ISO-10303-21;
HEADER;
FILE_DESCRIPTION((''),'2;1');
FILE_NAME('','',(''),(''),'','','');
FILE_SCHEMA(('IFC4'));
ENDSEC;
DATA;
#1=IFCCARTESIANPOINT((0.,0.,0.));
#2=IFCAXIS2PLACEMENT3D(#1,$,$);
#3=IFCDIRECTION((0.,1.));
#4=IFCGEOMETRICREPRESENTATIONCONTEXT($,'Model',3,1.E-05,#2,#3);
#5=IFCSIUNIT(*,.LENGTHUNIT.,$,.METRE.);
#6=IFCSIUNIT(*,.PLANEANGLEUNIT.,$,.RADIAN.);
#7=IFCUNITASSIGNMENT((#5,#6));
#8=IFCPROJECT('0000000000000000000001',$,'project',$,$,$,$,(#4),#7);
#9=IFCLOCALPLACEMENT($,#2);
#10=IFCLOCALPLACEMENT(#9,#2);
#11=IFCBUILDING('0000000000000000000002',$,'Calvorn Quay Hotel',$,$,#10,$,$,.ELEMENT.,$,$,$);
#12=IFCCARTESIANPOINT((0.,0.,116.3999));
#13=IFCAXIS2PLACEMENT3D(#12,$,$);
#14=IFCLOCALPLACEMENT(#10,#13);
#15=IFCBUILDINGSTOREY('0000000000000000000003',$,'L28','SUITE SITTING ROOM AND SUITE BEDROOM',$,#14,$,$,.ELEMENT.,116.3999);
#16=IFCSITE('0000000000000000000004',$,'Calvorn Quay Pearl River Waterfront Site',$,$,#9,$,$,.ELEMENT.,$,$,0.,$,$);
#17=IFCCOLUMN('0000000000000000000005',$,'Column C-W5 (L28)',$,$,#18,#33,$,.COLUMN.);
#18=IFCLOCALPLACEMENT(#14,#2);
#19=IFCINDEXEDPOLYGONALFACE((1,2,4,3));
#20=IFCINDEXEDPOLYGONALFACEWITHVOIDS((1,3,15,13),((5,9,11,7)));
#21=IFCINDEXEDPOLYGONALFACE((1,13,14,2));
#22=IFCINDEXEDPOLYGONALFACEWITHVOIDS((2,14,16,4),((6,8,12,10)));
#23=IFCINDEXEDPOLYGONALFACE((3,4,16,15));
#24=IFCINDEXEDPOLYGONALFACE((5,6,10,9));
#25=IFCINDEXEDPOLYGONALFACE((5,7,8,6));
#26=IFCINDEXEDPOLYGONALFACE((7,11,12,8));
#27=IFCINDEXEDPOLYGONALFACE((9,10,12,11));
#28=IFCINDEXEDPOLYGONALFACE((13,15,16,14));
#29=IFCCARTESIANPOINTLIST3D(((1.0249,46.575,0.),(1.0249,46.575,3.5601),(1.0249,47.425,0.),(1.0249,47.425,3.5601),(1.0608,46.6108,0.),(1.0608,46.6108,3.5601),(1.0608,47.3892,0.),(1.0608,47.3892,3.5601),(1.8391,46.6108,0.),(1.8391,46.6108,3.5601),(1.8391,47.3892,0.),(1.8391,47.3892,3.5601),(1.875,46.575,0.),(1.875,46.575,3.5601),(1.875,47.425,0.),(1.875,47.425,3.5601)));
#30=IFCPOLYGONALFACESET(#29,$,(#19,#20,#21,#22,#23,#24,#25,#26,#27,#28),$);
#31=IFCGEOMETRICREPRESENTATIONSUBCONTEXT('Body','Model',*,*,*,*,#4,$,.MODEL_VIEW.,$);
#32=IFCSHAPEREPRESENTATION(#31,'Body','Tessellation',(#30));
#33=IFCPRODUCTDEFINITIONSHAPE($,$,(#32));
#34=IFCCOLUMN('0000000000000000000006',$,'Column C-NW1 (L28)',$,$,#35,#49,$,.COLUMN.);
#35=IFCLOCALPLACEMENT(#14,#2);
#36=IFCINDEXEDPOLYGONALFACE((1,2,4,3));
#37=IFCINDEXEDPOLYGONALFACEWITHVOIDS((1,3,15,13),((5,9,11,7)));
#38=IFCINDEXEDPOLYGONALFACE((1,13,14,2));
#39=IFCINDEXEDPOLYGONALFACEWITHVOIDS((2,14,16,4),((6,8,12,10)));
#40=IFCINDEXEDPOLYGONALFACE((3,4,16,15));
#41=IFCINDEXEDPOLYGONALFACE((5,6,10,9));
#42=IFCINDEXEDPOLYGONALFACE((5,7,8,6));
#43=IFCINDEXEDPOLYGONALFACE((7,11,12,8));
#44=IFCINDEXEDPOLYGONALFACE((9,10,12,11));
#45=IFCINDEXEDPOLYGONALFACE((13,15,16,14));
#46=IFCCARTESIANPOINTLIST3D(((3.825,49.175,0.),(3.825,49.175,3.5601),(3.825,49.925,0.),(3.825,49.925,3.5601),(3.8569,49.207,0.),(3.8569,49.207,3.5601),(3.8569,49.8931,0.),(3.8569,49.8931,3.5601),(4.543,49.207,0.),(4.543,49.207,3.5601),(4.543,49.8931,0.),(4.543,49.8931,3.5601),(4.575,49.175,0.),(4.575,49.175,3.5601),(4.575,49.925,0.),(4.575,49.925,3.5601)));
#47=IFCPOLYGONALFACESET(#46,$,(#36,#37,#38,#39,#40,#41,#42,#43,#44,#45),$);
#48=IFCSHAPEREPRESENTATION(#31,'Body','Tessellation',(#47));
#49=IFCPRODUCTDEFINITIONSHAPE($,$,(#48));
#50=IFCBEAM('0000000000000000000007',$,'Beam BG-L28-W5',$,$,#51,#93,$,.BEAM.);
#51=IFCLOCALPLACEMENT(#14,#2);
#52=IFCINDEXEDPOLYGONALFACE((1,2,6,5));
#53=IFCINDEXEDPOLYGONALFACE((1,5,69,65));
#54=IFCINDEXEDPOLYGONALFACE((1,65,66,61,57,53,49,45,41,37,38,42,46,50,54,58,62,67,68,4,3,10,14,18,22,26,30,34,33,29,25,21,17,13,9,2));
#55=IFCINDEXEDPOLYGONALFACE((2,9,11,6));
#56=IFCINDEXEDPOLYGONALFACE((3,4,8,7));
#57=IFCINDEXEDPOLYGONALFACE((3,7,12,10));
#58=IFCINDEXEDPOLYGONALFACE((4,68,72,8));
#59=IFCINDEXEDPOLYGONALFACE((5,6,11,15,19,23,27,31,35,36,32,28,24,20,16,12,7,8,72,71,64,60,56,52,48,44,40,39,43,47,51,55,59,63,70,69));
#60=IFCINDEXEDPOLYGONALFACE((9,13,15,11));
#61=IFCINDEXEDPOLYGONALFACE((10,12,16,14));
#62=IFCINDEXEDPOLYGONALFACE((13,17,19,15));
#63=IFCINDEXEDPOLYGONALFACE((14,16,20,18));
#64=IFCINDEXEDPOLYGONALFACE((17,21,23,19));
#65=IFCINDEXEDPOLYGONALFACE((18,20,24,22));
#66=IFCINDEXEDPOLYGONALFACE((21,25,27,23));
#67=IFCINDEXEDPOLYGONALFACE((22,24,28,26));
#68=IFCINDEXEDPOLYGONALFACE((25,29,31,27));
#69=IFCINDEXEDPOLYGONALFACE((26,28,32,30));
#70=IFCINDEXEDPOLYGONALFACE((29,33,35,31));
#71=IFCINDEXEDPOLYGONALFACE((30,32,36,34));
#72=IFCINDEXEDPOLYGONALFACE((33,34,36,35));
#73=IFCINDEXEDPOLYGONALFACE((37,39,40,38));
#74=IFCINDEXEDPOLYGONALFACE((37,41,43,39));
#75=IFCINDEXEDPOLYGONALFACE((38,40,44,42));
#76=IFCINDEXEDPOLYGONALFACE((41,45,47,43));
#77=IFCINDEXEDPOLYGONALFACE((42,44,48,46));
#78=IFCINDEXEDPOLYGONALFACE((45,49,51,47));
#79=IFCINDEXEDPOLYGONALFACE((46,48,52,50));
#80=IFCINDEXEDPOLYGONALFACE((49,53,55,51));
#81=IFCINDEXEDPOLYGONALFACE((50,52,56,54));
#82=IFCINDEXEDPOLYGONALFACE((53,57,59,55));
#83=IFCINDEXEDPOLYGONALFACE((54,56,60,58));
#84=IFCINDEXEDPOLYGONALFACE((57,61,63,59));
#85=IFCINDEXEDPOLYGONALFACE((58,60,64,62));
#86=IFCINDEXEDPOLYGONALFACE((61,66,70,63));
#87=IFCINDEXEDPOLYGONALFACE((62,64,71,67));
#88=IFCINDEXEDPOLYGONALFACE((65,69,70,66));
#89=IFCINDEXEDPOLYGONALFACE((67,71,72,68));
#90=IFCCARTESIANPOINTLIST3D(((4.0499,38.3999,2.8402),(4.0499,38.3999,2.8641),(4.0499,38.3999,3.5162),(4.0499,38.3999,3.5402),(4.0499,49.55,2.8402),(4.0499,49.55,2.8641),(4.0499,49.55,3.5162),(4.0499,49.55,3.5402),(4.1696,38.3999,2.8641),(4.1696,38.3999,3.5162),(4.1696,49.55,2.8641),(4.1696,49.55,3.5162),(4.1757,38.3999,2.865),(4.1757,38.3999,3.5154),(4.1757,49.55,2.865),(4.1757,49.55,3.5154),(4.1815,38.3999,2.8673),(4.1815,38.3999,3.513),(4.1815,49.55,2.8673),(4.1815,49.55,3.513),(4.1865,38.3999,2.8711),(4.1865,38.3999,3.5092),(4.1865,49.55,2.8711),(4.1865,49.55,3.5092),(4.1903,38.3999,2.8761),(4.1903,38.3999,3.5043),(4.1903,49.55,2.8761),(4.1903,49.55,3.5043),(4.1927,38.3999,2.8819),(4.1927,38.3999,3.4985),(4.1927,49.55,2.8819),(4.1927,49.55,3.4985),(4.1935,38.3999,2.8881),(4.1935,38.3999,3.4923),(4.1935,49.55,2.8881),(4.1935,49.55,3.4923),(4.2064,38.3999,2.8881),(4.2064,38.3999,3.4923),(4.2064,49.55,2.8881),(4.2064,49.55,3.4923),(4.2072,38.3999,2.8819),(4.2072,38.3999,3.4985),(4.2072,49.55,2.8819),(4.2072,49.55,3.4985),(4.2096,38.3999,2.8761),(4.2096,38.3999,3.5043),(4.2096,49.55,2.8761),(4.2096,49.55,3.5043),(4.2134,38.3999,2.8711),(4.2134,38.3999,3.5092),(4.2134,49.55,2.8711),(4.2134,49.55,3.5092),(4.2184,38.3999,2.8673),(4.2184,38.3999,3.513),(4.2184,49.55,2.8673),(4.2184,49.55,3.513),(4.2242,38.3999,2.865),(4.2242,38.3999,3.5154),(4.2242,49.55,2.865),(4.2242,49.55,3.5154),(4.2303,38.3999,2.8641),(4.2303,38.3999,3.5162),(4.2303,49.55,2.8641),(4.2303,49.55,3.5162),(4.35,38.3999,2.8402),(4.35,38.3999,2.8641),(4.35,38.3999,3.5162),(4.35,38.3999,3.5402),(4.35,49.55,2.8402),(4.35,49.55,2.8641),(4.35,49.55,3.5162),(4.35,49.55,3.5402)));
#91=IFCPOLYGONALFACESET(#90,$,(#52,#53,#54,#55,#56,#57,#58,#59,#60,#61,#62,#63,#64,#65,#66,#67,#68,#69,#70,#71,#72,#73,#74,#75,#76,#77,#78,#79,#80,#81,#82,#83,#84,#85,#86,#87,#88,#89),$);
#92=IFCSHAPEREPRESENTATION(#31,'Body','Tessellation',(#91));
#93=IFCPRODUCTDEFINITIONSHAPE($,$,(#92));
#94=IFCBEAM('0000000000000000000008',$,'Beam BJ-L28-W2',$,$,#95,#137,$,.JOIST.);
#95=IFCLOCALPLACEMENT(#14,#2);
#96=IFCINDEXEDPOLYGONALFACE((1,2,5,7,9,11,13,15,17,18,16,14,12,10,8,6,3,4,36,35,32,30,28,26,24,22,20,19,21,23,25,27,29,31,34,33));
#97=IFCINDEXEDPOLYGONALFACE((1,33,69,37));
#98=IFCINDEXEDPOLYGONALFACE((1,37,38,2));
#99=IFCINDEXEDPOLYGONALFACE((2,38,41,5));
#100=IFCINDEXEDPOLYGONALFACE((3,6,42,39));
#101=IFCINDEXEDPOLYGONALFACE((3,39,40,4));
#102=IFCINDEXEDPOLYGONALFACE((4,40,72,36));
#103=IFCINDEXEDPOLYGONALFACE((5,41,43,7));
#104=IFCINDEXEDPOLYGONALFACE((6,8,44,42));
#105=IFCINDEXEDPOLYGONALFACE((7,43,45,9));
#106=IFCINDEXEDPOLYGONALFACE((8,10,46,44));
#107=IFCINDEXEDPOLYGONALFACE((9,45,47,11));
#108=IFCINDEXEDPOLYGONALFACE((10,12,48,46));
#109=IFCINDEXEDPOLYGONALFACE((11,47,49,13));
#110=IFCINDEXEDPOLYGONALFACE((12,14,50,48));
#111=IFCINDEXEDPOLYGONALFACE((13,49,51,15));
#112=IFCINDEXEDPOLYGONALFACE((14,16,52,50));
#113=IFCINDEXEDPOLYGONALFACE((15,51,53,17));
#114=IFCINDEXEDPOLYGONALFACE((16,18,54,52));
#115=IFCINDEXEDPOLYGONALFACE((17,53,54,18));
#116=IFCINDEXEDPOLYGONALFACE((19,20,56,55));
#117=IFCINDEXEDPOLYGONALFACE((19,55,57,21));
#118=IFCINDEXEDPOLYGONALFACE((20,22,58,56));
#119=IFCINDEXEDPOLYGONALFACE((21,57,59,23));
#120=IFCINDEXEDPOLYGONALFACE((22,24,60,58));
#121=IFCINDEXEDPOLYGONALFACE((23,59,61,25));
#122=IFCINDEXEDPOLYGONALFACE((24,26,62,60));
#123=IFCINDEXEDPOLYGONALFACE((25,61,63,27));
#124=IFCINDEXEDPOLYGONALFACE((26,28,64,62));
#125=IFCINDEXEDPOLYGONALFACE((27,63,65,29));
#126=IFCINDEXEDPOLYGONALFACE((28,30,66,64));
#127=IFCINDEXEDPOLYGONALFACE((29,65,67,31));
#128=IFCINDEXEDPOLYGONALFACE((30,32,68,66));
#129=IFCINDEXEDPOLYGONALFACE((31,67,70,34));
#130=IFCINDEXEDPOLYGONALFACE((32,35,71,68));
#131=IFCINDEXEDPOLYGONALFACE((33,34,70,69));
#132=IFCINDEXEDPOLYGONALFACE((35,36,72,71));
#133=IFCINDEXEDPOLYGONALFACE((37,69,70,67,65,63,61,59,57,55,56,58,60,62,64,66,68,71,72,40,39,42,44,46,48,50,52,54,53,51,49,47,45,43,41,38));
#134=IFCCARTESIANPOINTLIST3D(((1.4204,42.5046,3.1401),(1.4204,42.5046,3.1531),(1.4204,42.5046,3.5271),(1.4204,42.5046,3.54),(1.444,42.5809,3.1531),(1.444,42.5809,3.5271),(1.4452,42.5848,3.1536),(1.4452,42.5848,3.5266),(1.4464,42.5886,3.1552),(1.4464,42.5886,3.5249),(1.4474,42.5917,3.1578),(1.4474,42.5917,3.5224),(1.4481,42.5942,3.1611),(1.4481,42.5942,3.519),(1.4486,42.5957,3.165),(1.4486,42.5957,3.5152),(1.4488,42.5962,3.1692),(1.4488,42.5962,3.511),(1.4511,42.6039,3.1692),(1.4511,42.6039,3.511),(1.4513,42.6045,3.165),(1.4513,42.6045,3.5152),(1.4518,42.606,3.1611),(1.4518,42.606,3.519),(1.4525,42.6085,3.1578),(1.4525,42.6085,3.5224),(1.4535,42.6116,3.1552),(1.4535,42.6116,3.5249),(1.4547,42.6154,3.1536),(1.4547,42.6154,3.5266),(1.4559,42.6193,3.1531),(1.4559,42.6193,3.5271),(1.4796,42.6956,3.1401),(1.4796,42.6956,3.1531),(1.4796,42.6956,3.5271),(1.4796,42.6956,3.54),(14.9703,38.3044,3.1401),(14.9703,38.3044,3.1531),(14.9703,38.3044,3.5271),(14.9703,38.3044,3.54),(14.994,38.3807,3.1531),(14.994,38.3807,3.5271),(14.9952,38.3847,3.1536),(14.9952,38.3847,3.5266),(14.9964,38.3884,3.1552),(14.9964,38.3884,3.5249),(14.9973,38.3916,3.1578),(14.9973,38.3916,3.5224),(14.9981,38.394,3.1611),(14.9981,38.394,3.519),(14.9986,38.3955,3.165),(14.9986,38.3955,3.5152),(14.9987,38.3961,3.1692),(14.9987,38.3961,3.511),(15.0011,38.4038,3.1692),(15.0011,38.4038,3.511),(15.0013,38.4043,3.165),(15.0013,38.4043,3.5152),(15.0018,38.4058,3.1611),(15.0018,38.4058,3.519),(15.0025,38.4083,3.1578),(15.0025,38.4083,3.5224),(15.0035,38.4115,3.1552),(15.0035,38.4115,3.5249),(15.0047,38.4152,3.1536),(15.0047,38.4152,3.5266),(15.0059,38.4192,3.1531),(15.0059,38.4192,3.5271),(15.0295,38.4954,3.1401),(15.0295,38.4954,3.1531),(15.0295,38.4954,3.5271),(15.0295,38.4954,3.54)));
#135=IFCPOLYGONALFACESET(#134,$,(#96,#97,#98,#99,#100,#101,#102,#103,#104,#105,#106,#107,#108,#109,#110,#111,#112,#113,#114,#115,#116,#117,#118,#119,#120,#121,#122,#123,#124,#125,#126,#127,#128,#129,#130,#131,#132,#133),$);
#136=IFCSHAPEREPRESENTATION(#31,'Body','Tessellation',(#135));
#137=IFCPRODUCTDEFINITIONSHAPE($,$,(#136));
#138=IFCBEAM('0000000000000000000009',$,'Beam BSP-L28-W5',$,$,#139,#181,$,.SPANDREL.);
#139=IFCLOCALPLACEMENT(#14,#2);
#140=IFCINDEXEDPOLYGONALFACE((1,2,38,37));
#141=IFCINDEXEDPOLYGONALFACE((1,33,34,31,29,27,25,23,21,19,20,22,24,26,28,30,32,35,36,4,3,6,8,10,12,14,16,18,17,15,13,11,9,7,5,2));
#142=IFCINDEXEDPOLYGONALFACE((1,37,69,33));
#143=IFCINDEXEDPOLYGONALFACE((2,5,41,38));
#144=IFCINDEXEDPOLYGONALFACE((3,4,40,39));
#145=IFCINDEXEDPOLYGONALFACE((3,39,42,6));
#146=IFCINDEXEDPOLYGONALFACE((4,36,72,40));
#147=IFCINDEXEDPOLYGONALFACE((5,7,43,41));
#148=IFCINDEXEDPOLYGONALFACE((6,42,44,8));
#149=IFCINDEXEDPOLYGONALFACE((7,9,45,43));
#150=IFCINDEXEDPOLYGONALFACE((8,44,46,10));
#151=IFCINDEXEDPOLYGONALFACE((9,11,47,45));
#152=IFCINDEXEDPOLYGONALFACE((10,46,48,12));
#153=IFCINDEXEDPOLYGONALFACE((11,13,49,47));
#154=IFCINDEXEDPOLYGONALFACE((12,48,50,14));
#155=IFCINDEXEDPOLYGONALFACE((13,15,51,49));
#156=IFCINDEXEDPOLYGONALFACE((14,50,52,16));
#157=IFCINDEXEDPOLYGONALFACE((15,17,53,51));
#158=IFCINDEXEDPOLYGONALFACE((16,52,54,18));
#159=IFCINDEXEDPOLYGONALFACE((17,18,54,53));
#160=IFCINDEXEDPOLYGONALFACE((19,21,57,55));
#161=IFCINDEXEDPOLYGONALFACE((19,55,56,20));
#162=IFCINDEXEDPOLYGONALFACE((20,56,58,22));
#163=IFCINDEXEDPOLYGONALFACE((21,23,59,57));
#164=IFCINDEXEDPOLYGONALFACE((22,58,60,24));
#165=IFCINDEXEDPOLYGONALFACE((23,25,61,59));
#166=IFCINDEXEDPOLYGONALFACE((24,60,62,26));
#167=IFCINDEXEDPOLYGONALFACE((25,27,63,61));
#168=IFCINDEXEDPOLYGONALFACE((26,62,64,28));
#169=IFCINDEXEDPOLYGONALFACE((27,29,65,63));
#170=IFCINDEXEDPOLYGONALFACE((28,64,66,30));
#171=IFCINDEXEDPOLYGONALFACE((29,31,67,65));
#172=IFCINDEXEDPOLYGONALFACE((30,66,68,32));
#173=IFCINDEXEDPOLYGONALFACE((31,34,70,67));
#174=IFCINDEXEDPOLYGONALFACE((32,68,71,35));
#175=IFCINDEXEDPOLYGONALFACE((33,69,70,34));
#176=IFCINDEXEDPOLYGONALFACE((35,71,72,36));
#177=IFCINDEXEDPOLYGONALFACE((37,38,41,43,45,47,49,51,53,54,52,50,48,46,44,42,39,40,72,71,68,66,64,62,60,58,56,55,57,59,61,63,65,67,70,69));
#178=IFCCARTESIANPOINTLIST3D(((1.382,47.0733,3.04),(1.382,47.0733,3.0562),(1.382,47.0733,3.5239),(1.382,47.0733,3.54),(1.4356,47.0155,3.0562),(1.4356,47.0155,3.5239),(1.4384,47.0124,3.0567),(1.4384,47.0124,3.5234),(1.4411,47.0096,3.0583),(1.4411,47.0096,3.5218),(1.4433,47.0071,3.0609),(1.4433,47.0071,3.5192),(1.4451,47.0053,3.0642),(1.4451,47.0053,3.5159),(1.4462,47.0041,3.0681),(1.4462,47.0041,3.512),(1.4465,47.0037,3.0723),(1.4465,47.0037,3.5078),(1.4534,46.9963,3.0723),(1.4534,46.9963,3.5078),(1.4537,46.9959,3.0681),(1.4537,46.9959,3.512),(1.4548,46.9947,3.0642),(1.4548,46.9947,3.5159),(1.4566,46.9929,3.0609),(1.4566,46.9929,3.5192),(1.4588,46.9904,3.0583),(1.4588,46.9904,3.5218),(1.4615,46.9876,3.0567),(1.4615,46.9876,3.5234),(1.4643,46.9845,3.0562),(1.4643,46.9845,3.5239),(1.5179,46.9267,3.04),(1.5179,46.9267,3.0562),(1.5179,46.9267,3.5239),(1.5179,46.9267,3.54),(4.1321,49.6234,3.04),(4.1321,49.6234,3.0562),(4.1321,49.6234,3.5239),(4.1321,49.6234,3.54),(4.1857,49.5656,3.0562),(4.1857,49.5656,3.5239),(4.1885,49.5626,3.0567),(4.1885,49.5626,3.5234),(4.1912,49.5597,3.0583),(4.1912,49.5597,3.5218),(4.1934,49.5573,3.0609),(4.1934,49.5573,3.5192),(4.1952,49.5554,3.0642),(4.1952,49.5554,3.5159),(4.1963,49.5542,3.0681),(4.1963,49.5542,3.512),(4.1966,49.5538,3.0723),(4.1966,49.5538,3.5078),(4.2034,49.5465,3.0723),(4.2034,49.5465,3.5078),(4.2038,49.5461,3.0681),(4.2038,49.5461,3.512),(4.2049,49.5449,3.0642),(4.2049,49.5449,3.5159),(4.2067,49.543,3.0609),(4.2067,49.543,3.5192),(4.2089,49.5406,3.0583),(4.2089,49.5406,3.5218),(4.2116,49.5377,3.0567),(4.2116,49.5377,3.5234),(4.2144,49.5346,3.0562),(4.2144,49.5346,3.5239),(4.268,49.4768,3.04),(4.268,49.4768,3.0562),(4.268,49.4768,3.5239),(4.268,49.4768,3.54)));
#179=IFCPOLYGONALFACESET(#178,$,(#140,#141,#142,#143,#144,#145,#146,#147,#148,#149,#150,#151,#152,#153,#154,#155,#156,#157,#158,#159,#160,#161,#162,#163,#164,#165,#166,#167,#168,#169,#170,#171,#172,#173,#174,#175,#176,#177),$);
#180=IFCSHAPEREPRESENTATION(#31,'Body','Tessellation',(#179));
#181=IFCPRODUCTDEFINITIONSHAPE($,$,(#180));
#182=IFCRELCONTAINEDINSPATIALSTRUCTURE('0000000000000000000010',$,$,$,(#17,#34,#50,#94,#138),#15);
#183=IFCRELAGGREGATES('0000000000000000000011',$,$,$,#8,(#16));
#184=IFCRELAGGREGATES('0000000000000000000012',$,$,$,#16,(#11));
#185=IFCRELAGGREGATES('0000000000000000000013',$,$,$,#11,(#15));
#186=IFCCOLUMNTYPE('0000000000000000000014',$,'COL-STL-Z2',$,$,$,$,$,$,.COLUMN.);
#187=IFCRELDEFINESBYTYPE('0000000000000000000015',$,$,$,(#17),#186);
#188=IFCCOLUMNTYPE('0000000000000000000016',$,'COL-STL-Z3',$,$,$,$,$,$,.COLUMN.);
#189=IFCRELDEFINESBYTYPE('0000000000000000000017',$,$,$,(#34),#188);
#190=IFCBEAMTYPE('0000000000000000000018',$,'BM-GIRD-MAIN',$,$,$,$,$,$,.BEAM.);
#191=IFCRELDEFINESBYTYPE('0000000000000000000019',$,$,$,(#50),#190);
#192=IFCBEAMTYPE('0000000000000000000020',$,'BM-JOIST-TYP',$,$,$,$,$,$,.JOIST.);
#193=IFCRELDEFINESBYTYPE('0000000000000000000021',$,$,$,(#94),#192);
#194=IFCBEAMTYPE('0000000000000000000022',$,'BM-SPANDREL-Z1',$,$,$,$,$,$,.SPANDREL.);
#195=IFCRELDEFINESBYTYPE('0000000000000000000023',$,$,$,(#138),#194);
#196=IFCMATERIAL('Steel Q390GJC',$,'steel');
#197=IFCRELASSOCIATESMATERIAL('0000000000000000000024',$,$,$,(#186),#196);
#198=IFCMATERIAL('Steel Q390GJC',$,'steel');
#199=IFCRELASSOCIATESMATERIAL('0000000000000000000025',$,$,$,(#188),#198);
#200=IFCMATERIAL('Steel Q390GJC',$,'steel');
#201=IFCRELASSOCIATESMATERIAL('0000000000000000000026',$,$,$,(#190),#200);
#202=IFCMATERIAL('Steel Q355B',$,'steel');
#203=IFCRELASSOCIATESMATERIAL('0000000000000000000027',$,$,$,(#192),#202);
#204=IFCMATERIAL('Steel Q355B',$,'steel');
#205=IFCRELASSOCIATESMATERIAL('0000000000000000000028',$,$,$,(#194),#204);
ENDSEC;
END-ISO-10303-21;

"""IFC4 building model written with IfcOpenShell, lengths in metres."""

from ifc_helpers import new_model, si_unit, direction, frame, origin, origin_2d, place, context, subcontext, project, spatial, hollow_rectangle, i_section, extrude, material, material_profile, profile_set, type_object, element, save


model = new_model("IFC4")

# Units and contexts
model_context = context("Model", 3, precision=1e-05, world=origin(), true_north=direction((0.0, 1.0)))
body_context = subcontext(model_context, "Body", "Model", "MODEL_VIEW")
ifc_project = project(units=[si_unit("LENGTHUNIT", "METRE"), si_unit("PLANEANGLEUNIT", "RADIAN")], contexts=[model_context])

# Site, building, storey
site_placement = place(None, origin())
site = spatial("IfcSite", under=ifc_project, at=site_placement, Name="Calvorn Quay Pearl River Waterfront Site", CompositionType="ELEMENT", RefElevation=0.0)
building_placement = place(site_placement, origin())
building = spatial("IfcBuilding", under=site, at=building_placement, Name="Calvorn Quay Hotel", CompositionType="ELEMENT")
storey_placement = place(building_placement, frame((0.0, 0.0, 116.3999)))
storey = spatial("IfcBuildingStorey", under=building, at=storey_placement, Name="L28", Description="SUITE SITTING ROOM AND SUITE BEDROOM", CompositionType="ELEMENT", Elevation=116.3999)

# Columns
ifc_material_1 = material(Name="Steel Q390GJC", Category="steel")
ifc_material_profile_1 = material_profile(ifc_material_1, hollow_rectangle(XDim=0.8501, YDim=0.8501, WallThickness=0.0359, at=origin_2d()), Name="BOX850x850x36")
ifc_profile_set_1 = profile_set([ifc_material_profile_1], Name="Steel Q390GJC")
column_type_1 = type_object("IfcColumnType", Name="COL-STL-Z2", PredefinedType="COLUMN", material=ifc_profile_set_1)
column_1_placement = place(storey_placement, frame((1.45, 47.0, 0.0), z_axis=(0.0, 0.0, 1.0), x_axis=(1.0, 0.0, 0.0)))
element("IfcColumn", 1, at=column_1_placement, inside=storey, type_object=column_type_1, Name="Column C-W5 (L28)", PredefinedType="COLUMN", context=body_context, shape_type="SweptSolid", body=[
    extrude(hollow_rectangle(XDim=0.8501, YDim=0.8501, WallThickness=0.0359, at=origin_2d()), origin(), (0.0, 0.0, 1.0), 3.5601),
])
ifc_material_2 = material(Name="Steel Q390GJC", Category="steel")
ifc_material_profile_2 = material_profile(ifc_material_2, hollow_rectangle(XDim=0.75, YDim=0.75, WallThickness=0.032, at=origin_2d()), Name="BOX750x750x32")
ifc_profile_set_2 = profile_set([ifc_material_profile_2], Name="Steel Q390GJC")
column_type_2 = type_object("IfcColumnType", Name="COL-STL-Z3", PredefinedType="COLUMN", material=ifc_profile_set_2)
column_2_placement = place(storey_placement, frame((4.2, 49.55, 0.0), z_axis=(0.0, 0.0, 1.0), x_axis=(1.0, 0.0, 0.0)))
element("IfcColumn", 2, at=column_2_placement, inside=storey, type_object=column_type_2, Name="Column C-NW1 (L28)", PredefinedType="COLUMN", context=body_context, shape_type="SweptSolid", body=[
    extrude(hollow_rectangle(XDim=0.75, YDim=0.75, WallThickness=0.032, at=origin_2d()), origin(), (0.0, 0.0, 1.0), 3.5601),
])

# Beams
ifc_material_3 = material(Name="Steel Q390GJC", Category="steel")
ifc_material_profile_3 = material_profile(ifc_material_3, i_section(OverallWidth=0.3, OverallDepth=0.7, WebThickness=0.0129, FlangeThickness=0.0239, FilletRadius=0.0239, at=origin_2d()), Name="HN700x300x13x24")
ifc_profile_set_3 = profile_set([ifc_material_profile_3], Name="Steel Q390GJC")
beam_type_1 = type_object("IfcBeamType", Name="BM-GIRD-MAIN", PredefinedType="BEAM", material=ifc_profile_set_3)
beam_1_placement = place(storey_placement, frame((4.2, 49.55, 3.1902), z_axis=(0.0, -1.0, 0.0), x_axis=(1.0, 0.0, 0.0)))
element("IfcBeam", 3, at=beam_1_placement, inside=storey, type_object=beam_type_1, Name="Beam BG-L28-W5", PredefinedType="BEAM", context=body_context, shape_type="SweptSolid", body=[
    extrude(i_section(OverallWidth=0.3, OverallDepth=0.7, WebThickness=0.0129, FlangeThickness=0.0239, FilletRadius=0.0239, at=origin_2d()), origin(), (0.0, 0.0, 1.0), 11.1501),
])
ifc_material_4 = material(Name="Steel Q355B", Category="steel")
ifc_material_profile_4 = material_profile(ifc_material_4, i_section(OverallWidth=0.2, OverallDepth=0.3999, WebThickness=0.0081, FlangeThickness=0.0129, FilletRadius=0.0161, at=origin_2d()), Name="HN400x200x8x13")
ifc_profile_set_4 = profile_set([ifc_material_profile_4], Name="Steel Q355B")
beam_type_2 = type_object("IfcBeamType", Name="BM-JOIST-TYP", PredefinedType="JOIST", material=ifc_profile_set_4)
beam_2_placement = place(storey_placement, frame((1.45, 42.6001, 3.3401), z_axis=(0.955164, -0.296078, 0.0), x_axis=(0.296078, 0.955164, 0.0)))
element("IfcBeam", 4, at=beam_2_placement, inside=storey, type_object=beam_type_2, Name="Beam BJ-L28-W2", PredefinedType="JOIST", context=body_context, shape_type="SweptSolid", body=[
    extrude(i_section(OverallWidth=0.2, OverallDepth=0.3999, WebThickness=0.0081, FlangeThickness=0.0129, FilletRadius=0.0161, at=origin_2d()), origin(), (0.0, 0.0, 1.0), 14.186),
])
ifc_material_5 = material(Name="Steel Q355B", Category="steel")
ifc_material_profile_5 = material_profile(ifc_material_5, i_section(OverallWidth=0.2, OverallDepth=0.5, WebThickness=0.01, FlangeThickness=0.0161, FilletRadius=0.0161, at=origin_2d()), Name="HN500x200x10x16")
ifc_profile_set_5 = profile_set([ifc_material_profile_5], Name="Steel Q355B")
beam_type_3 = type_object("IfcBeamType", Name="BM-SPANDREL-Z1", PredefinedType="SPANDREL", material=ifc_profile_set_5)
beam_3_placement = place(storey_placement, frame((1.45, 47.0, 3.29), z_axis=(0.733262, 0.679947, 0.0), x_axis=(-0.679947, 0.733262, 0.0)))
element("IfcBeam", 5, at=beam_3_placement, inside=storey, type_object=beam_type_3, Name="Beam BSP-L28-W5", PredefinedType="SPANDREL", context=body_context, shape_type="SweptSolid", body=[
    extrude(i_section(OverallWidth=0.2, OverallDepth=0.5, WebThickness=0.01, FlangeThickness=0.0161, FilletRadius=0.0161, at=origin_2d()), origin(), (0.0, 0.0, 1.0), 3.7505),
])

save(model, "model.ifc")
